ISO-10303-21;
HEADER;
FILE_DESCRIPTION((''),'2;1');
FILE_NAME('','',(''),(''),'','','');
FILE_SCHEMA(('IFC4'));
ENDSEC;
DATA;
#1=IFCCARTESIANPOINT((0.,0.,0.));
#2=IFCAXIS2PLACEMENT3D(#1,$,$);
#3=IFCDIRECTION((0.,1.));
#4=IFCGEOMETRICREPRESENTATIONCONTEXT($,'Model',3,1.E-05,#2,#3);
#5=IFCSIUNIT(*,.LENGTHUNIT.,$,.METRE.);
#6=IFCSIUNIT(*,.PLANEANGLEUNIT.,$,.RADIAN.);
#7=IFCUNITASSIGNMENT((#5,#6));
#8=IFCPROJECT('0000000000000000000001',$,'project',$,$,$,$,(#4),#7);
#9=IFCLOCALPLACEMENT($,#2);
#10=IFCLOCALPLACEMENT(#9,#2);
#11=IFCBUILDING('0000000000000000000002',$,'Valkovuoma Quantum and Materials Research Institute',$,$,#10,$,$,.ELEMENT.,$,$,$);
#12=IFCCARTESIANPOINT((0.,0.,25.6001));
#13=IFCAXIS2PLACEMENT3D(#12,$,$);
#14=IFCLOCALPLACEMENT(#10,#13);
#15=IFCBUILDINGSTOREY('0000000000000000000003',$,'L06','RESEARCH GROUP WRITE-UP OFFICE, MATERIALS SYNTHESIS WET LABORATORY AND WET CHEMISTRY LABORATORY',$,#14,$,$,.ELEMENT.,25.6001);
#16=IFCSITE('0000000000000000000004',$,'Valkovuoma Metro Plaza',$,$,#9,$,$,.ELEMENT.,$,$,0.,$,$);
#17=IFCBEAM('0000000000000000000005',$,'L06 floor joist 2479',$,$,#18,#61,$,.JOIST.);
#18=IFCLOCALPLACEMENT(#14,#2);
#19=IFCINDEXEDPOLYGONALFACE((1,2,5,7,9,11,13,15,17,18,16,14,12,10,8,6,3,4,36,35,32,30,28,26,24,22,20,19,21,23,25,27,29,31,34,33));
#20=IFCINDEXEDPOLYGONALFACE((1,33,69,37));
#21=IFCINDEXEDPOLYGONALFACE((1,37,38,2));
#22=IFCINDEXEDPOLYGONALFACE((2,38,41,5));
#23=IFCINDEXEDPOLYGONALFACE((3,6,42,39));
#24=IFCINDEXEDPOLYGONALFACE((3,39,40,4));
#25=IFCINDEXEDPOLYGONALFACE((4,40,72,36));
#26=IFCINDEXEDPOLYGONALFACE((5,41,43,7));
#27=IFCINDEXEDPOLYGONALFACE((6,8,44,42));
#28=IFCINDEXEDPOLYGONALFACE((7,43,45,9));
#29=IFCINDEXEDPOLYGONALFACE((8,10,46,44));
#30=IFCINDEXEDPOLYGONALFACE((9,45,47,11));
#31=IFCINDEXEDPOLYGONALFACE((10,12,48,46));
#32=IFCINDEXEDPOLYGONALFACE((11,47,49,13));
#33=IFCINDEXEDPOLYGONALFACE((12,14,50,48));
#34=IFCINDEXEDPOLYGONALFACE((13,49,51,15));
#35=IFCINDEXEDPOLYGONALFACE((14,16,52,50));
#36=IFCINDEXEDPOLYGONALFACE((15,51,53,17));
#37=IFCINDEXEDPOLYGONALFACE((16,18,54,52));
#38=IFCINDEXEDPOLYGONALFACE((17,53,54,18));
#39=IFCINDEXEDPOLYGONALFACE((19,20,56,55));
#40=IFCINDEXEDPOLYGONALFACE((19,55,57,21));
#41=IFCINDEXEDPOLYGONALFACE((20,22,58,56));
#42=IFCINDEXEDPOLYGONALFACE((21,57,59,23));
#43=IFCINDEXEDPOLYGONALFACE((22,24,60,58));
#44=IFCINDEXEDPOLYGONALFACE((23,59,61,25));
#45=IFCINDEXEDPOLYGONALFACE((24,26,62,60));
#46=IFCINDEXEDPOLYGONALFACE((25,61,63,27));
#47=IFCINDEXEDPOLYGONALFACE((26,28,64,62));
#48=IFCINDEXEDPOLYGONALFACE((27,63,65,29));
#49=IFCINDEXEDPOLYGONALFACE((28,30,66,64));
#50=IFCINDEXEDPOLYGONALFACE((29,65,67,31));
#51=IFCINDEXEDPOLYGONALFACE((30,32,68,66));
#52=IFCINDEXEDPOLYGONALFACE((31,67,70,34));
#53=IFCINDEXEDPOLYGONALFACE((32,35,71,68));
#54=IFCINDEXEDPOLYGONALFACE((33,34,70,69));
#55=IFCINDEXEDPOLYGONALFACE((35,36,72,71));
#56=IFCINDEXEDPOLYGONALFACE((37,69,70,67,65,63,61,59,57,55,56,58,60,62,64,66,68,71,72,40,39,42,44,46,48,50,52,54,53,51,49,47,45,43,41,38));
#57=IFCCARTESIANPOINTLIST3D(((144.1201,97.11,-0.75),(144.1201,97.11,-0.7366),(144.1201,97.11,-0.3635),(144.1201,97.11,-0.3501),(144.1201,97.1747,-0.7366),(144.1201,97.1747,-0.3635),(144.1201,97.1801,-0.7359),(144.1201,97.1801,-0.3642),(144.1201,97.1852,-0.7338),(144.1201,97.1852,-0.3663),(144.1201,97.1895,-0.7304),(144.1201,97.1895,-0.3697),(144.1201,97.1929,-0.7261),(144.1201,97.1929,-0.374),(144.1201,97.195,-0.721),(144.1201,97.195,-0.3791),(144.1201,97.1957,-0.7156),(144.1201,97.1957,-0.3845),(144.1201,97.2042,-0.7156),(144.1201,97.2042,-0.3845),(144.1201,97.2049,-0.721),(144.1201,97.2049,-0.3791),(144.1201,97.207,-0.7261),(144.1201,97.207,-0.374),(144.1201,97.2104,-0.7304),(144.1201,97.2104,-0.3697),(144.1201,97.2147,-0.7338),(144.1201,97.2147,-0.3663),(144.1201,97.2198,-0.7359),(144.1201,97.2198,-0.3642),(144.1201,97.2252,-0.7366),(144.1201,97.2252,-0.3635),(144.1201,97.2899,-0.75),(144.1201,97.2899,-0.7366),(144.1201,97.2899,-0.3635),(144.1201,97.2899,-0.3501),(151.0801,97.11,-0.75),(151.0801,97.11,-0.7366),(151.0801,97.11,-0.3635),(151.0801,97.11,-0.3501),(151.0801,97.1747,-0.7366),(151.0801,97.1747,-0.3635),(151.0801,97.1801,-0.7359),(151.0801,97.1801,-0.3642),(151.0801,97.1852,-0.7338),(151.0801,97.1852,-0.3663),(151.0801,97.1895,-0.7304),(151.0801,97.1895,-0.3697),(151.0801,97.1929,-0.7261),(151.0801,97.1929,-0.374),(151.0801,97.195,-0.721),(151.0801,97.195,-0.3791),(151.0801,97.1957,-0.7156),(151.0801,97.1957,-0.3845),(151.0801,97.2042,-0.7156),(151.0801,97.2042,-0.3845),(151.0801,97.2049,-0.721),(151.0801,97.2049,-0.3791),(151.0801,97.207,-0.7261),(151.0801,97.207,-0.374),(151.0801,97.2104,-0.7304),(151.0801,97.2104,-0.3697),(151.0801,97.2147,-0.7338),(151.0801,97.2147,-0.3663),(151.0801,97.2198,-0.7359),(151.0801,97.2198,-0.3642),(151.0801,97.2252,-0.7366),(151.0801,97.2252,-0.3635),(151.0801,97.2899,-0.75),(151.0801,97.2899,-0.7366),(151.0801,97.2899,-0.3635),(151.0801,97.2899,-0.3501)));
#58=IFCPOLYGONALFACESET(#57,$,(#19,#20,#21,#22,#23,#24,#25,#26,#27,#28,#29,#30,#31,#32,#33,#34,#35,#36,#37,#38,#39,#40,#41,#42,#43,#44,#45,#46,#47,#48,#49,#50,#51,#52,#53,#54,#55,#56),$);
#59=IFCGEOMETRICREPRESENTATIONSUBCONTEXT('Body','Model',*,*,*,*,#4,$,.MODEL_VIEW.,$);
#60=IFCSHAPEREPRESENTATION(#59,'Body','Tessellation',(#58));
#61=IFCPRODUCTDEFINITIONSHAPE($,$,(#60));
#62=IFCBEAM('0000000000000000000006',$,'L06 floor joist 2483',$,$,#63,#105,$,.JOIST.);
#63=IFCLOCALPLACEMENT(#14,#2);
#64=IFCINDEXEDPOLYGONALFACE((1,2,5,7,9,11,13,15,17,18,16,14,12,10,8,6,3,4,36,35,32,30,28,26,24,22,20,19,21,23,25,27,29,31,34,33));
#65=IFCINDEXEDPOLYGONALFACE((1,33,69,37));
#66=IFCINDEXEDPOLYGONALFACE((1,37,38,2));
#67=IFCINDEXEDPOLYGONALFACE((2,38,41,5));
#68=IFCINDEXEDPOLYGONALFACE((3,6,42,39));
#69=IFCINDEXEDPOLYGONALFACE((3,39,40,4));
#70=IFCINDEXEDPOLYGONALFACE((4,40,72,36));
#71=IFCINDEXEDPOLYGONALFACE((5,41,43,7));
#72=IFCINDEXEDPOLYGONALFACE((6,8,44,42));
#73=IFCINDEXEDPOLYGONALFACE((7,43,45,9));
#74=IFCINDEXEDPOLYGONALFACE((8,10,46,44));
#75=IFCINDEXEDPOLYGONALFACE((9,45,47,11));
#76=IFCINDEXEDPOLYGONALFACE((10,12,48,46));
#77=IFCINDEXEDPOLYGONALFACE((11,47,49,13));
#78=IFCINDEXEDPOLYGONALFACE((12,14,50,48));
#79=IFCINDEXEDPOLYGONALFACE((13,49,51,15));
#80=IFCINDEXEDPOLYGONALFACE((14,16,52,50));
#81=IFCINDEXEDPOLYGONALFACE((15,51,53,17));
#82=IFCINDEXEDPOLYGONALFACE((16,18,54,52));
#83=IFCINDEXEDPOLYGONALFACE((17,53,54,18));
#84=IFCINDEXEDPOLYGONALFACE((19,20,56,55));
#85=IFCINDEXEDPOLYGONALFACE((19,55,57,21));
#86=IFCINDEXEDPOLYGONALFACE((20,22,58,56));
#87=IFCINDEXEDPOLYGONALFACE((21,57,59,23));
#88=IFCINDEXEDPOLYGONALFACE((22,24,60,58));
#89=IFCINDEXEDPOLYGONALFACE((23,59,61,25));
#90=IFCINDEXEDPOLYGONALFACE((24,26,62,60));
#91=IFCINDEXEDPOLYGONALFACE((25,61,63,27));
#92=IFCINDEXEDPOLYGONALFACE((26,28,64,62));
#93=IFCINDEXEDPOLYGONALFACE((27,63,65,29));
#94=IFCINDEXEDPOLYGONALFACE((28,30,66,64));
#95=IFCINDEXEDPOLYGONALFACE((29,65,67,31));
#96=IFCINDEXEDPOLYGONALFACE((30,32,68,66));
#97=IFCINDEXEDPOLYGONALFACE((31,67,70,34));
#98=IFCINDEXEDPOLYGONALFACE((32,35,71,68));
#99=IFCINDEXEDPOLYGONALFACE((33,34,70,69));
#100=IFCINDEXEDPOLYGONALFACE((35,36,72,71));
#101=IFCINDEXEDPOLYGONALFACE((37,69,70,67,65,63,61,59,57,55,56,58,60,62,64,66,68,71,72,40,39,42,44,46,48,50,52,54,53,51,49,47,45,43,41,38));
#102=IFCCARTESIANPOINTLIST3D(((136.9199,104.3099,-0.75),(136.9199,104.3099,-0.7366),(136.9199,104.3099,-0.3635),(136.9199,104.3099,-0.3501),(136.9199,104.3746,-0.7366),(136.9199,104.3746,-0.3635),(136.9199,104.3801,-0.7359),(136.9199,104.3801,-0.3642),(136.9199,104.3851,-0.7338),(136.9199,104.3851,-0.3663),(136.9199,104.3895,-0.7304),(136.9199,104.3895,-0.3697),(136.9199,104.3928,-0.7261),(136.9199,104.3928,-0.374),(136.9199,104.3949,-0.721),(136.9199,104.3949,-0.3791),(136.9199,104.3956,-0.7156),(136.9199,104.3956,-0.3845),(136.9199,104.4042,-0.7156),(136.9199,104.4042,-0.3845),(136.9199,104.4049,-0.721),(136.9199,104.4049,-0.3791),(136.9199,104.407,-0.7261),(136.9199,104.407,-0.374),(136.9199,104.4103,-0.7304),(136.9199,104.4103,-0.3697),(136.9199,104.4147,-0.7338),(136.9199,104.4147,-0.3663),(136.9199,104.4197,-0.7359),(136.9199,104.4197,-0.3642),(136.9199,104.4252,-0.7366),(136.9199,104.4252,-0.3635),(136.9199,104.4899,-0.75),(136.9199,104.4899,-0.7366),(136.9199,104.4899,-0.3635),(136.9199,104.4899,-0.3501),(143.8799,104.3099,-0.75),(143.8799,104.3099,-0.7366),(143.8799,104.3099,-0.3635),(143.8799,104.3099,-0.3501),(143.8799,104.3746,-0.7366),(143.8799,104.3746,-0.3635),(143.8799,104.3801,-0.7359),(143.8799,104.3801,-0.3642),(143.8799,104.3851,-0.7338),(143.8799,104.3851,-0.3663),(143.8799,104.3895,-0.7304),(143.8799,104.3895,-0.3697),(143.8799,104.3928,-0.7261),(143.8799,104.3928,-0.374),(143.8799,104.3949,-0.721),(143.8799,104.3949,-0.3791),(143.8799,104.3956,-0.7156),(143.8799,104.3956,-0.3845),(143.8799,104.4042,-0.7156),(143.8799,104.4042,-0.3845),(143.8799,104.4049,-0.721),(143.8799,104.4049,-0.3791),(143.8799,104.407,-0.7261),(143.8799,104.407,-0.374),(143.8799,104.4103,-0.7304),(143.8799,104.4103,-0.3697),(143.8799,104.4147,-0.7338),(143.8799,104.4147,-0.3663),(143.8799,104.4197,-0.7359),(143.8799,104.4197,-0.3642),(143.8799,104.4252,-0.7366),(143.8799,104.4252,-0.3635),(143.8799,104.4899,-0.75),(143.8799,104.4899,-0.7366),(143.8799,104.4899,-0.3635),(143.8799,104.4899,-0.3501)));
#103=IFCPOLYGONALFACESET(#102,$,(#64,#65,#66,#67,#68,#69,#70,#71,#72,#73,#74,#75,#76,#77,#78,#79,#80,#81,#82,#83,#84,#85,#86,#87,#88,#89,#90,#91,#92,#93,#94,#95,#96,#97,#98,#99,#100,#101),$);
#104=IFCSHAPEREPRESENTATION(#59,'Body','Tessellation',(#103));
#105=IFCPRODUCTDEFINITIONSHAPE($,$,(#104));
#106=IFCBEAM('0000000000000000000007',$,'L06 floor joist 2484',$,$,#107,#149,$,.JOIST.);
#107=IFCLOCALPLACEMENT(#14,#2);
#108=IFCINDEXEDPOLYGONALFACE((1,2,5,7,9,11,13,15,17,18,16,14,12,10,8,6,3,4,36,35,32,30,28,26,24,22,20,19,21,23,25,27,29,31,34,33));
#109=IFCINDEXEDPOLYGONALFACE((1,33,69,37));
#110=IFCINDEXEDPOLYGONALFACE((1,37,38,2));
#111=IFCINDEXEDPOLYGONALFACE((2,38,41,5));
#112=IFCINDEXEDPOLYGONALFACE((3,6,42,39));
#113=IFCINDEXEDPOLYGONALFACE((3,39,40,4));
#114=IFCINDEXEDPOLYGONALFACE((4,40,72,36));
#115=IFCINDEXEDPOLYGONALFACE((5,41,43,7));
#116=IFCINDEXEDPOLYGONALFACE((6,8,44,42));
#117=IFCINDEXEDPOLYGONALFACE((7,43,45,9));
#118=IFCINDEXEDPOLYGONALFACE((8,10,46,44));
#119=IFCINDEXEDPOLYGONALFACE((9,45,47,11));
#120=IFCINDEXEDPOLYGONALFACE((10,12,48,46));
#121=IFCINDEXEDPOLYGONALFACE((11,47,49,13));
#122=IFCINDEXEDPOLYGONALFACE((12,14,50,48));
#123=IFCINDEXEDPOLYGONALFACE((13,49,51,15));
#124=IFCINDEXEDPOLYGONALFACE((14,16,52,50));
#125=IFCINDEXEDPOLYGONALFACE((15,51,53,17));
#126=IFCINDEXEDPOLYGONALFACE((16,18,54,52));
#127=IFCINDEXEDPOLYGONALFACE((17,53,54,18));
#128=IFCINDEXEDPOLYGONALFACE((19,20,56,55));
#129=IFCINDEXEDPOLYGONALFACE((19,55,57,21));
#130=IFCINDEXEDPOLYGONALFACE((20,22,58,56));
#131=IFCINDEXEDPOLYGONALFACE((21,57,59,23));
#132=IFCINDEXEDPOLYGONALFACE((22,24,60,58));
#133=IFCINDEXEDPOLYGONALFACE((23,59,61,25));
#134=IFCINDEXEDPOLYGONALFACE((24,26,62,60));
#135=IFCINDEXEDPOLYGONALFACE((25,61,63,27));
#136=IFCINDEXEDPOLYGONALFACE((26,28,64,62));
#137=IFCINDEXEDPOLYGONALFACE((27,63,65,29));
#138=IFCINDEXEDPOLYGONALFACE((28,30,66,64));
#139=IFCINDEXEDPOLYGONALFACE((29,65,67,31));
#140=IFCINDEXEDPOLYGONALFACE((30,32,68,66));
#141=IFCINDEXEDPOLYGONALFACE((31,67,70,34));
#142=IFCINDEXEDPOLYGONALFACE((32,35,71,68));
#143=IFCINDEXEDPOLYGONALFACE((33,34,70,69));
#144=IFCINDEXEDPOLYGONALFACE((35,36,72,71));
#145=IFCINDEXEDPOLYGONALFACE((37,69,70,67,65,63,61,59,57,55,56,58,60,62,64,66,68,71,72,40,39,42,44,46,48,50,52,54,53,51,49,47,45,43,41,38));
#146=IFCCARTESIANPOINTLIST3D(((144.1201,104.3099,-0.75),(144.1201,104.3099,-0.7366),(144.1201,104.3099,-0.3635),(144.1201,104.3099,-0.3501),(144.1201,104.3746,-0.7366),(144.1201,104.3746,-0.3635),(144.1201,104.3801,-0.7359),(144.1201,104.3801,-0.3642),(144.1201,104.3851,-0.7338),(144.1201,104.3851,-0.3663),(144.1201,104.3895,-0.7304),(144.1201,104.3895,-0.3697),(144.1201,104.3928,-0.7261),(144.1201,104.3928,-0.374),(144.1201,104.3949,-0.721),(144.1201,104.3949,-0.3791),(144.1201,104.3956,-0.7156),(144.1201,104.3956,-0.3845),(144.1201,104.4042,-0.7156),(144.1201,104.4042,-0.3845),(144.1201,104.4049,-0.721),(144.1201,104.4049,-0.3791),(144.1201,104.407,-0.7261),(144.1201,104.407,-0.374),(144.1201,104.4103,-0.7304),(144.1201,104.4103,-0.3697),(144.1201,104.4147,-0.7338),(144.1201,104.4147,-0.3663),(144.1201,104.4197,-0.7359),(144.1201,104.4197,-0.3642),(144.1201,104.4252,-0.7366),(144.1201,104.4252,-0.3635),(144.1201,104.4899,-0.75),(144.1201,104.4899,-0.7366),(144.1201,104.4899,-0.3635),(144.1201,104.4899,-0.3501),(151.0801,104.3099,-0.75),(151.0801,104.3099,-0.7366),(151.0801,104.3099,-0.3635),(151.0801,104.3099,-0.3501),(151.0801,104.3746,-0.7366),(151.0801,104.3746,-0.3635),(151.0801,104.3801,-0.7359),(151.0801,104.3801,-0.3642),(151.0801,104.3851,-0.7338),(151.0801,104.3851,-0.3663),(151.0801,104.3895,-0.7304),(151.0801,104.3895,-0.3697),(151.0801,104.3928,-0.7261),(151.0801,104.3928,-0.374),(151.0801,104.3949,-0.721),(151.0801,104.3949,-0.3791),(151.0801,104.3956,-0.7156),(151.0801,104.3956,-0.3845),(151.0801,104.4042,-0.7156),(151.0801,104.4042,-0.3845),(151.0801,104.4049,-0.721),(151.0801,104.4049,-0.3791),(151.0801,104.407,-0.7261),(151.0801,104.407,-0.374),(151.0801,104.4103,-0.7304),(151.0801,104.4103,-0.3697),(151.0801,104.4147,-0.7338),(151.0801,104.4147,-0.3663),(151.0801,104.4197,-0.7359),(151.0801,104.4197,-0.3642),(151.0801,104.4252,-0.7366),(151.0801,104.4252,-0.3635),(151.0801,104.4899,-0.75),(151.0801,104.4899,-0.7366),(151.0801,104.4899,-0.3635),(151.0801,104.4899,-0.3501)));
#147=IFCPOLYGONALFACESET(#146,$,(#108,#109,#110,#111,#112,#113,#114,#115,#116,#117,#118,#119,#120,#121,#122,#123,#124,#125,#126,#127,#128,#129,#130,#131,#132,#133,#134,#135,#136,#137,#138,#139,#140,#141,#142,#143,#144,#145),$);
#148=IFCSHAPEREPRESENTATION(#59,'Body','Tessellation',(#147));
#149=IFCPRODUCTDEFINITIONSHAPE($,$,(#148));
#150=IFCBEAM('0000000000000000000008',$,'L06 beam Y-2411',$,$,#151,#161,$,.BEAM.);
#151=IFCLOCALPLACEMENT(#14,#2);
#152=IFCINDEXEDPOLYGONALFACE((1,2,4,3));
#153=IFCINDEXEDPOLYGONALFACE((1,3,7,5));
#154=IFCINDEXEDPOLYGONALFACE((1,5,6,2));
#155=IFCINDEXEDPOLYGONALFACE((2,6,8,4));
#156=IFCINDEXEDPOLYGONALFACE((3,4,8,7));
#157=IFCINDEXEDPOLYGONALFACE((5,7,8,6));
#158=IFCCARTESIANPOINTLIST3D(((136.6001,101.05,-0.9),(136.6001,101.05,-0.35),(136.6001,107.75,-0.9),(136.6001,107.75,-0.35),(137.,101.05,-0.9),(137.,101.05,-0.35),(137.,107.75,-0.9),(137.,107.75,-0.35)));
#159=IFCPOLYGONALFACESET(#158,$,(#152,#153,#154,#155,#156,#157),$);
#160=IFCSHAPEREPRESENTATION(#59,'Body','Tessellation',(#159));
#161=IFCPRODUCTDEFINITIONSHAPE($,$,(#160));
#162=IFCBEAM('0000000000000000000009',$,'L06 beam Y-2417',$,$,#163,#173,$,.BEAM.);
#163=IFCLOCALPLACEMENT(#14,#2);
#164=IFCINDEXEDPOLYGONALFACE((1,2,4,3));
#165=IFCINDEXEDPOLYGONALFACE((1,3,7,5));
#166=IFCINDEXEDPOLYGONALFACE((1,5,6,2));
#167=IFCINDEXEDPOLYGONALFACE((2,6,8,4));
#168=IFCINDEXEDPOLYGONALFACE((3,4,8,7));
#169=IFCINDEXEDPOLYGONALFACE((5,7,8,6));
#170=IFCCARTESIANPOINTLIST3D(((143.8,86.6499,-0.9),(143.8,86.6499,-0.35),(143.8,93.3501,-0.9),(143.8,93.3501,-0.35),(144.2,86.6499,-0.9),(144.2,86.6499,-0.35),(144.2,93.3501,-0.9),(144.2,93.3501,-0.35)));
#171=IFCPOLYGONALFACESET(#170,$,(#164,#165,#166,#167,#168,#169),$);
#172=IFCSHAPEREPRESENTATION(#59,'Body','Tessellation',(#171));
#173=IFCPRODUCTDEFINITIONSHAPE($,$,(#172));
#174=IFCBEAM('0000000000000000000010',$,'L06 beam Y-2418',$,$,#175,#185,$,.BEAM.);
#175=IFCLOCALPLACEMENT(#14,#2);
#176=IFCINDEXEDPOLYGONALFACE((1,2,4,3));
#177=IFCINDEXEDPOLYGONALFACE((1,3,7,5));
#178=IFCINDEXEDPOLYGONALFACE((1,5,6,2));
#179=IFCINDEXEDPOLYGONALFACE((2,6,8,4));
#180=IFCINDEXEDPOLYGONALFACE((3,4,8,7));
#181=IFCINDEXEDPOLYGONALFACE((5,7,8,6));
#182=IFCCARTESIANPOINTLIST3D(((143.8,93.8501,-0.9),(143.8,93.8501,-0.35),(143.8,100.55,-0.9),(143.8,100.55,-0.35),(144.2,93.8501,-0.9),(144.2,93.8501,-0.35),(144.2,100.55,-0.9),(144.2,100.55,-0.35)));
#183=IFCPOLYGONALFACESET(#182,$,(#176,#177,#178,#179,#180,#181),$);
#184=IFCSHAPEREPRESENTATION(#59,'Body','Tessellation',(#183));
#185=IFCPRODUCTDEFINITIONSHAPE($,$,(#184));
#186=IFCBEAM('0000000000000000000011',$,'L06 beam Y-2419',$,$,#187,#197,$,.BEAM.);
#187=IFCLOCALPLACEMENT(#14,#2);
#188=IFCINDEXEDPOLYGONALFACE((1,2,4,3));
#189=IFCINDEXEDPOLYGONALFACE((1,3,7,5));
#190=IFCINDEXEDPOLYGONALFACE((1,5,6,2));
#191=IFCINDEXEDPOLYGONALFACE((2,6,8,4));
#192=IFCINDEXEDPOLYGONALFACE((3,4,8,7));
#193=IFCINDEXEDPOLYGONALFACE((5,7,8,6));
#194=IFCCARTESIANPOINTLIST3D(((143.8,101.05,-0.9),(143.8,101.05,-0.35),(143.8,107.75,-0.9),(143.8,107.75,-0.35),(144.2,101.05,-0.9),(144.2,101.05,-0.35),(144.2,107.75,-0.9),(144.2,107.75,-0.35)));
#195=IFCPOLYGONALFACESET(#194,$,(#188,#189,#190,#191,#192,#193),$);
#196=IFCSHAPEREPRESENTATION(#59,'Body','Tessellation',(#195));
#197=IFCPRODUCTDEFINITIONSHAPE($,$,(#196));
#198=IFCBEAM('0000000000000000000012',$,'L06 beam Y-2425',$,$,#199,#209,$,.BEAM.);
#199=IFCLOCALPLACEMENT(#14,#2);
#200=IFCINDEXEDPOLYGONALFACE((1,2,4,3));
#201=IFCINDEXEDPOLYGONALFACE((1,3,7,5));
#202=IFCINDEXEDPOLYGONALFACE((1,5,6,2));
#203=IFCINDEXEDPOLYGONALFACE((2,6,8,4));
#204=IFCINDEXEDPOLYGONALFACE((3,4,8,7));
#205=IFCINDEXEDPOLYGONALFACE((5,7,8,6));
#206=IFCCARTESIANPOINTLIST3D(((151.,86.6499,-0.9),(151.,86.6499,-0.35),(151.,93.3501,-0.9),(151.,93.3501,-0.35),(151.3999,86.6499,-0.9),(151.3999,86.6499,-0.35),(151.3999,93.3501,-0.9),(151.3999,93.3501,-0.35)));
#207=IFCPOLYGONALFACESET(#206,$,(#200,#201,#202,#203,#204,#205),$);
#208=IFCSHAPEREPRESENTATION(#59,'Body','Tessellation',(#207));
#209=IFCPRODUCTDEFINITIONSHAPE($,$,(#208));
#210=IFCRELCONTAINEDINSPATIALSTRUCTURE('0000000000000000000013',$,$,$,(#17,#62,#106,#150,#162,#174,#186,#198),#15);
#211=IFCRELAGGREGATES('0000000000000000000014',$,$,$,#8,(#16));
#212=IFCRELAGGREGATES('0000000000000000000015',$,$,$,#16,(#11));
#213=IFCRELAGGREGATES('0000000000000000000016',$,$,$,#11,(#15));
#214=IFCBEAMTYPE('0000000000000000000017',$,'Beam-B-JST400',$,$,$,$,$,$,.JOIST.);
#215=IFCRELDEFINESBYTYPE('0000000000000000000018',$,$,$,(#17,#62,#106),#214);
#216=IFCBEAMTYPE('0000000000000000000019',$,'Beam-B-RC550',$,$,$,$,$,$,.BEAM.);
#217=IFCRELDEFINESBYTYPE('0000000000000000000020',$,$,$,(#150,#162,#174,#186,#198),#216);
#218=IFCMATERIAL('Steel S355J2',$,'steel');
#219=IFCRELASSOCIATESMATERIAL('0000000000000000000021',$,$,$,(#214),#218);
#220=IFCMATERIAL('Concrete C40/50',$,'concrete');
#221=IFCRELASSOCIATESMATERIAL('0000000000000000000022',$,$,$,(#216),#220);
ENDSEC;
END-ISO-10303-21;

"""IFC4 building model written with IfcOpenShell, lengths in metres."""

from ifc_helpers import new_model, si_unit, direction, frame, origin, origin_2d, place, context, subcontext, project, spatial, rectangle, i_section, extrude, material, material_profile, profile_set, type_object, element, save


model = new_model("IFC4")

# Units and contexts
model_context = context("Model", 3, precision=1e-05, world=origin(), true_north=direction((0.0, 1.0)))
body_context = subcontext(model_context, "Body", "Model", "MODEL_VIEW")
ifc_project = project(units=[si_unit("LENGTHUNIT", "METRE"), si_unit("PLANEANGLEUNIT", "RADIAN")], contexts=[model_context])

# Site, building, storey
site_placement = place(None, origin())
site = spatial("IfcSite", under=ifc_project, at=site_placement, Name="Valkovuoma Metro Plaza", CompositionType="ELEMENT", RefElevation=0.0)
building_placement = place(site_placement, origin())
building = spatial("IfcBuilding", under=site, at=building_placement, Name="Valkovuoma Quantum and Materials Research Institute", CompositionType="ELEMENT")
storey_placement = place(building_placement, frame((0.0, 0.0, 25.6001)))
storey = spatial("IfcBuildingStorey", under=building, at=storey_placement, Name="L06", Description="RESEARCH GROUP WRITE-UP OFFICE, MATERIALS SYNTHESIS WET LABORATORY AND WET CHEMISTRY LABORATORY", CompositionType="ELEMENT", Elevation=25.6001)

# Beams
ifc_material_1 = material(Name="Steel S355J2", Category="steel")
ifc_material_profile_1 = material_profile(ifc_material_1, i_section(OverallWidth=0.1799, OverallDepth=0.3999, WebThickness=0.0085, FlangeThickness=0.0134, FilletRadius=0.021, at=origin_2d()), Name="Steel S355J2")
ifc_profile_set_1 = profile_set([ifc_material_profile_1], Name="Steel S355J2")
beam_type_1 = type_object("IfcBeamType", Name="Beam-B-JST400", PredefinedType="JOIST", material=ifc_profile_set_1)
for number, where, z_axis, x_axis, name in (
    (1, (144.1201, 97.2, -0.55), (1.0, 0.0, 0.0), (0.0, 1.0, 0.0), "L06 floor joist 2479"),
    (2, (136.9199, 104.3999, -0.55), (1.0, 0.0, 0.0), (0.0, 1.0, 0.0), "L06 floor joist 2483"),
    (3, (144.1201, 104.3999, -0.55), (1.0, 0.0, 0.0), (0.0, 1.0, 0.0), "L06 floor joist 2484"),
):
    element("IfcBeam", number, at=place(storey_placement, frame(where, z_axis=z_axis, x_axis=x_axis)), inside=storey, type_object=beam_type_1, Name=name, PredefinedType="JOIST", context=body_context, shape_type="SweptSolid", body=[
        extrude(i_section(OverallWidth=0.1799, OverallDepth=0.3999, WebThickness=0.0085, FlangeThickness=0.0134, FilletRadius=0.021, at=origin_2d()), origin(), (0.0, 0.0, 1.0), 6.96),
    ])
ifc_material_2 = material(Name="Concrete C40/50", Category="concrete")
ifc_material_profile_2 = material_profile(ifc_material_2, rectangle(XDim=0.3999, YDim=0.55, at=origin_2d()), Name="Concrete C40/50")
ifc_profile_set_2 = profile_set([ifc_material_profile_2], Name="Concrete C40/50")
beam_type_2 = type_object("IfcBeamType", Name="Beam-B-RC550", PredefinedType="BEAM", material=ifc_profile_set_2)
beam_1_placement = place(storey_placement, frame((136.8, 101.05, -0.625), z_axis=(0.0, 1.0, 0.0), x_axis=(-1.0, 0.0, 0.0)))
element("IfcBeam", 4, at=beam_1_placement, inside=storey, type_object=beam_type_2, Name="L06 beam Y-2411", PredefinedType="BEAM", context=body_context, shape_type="SweptSolid", body=[
    extrude(rectangle(XDim=0.3999, YDim=0.55, at=origin_2d()), origin(), (0.0, 0.0, 1.0), 6.7),
])
beam_2_placement = place(storey_placement, frame((144.0, 86.6499, -0.625), z_axis=(0.0, 1.0, 0.0), x_axis=(-1.0, 0.0, 0.0)))
element("IfcBeam", 5, at=beam_2_placement, inside=storey, type_object=beam_type_2, Name="L06 beam Y-2417", PredefinedType="BEAM", context=body_context, shape_type="SweptSolid", body=[
    extrude(rectangle(XDim=0.3999, YDim=0.55, at=origin_2d()), origin(), (0.0, 0.0, 1.0), 6.7002),
])
for number, where, z_axis, x_axis, name in (
    (6, (144.0, 93.8501, -0.625), (0.0, 1.0, 0.0), (-1.0, 0.0, 0.0), "L06 beam Y-2418"),
    (7, (144.0, 101.05, -0.625), (0.0, 1.0, 0.0), (-1.0, 0.0, 0.0), "L06 beam Y-2419"),
):
    element("IfcBeam", number, at=place(storey_placement, frame(where, z_axis=z_axis, x_axis=x_axis)), inside=storey, type_object=beam_type_2, Name=name, PredefinedType="BEAM", context=body_context, shape_type="SweptSolid", body=[
        extrude(rectangle(XDim=0.3999, YDim=0.55, at=origin_2d()), origin(), (0.0, 0.0, 1.0), 6.7),
    ])
beam_3_placement = place(storey_placement, frame((151.2, 86.6499, -0.625), z_axis=(0.0, 1.0, 0.0), x_axis=(-1.0, 0.0, 0.0)))
element("IfcBeam", 8, at=beam_3_placement, inside=storey, type_object=beam_type_2, Name="L06 beam Y-2425", PredefinedType="BEAM", context=body_context, shape_type="SweptSolid", body=[
    extrude(rectangle(XDim=0.3999, YDim=0.55, at=origin_2d()), origin(), (0.0, 0.0, 1.0), 6.7002),
])

save(model, "model.ifc")
